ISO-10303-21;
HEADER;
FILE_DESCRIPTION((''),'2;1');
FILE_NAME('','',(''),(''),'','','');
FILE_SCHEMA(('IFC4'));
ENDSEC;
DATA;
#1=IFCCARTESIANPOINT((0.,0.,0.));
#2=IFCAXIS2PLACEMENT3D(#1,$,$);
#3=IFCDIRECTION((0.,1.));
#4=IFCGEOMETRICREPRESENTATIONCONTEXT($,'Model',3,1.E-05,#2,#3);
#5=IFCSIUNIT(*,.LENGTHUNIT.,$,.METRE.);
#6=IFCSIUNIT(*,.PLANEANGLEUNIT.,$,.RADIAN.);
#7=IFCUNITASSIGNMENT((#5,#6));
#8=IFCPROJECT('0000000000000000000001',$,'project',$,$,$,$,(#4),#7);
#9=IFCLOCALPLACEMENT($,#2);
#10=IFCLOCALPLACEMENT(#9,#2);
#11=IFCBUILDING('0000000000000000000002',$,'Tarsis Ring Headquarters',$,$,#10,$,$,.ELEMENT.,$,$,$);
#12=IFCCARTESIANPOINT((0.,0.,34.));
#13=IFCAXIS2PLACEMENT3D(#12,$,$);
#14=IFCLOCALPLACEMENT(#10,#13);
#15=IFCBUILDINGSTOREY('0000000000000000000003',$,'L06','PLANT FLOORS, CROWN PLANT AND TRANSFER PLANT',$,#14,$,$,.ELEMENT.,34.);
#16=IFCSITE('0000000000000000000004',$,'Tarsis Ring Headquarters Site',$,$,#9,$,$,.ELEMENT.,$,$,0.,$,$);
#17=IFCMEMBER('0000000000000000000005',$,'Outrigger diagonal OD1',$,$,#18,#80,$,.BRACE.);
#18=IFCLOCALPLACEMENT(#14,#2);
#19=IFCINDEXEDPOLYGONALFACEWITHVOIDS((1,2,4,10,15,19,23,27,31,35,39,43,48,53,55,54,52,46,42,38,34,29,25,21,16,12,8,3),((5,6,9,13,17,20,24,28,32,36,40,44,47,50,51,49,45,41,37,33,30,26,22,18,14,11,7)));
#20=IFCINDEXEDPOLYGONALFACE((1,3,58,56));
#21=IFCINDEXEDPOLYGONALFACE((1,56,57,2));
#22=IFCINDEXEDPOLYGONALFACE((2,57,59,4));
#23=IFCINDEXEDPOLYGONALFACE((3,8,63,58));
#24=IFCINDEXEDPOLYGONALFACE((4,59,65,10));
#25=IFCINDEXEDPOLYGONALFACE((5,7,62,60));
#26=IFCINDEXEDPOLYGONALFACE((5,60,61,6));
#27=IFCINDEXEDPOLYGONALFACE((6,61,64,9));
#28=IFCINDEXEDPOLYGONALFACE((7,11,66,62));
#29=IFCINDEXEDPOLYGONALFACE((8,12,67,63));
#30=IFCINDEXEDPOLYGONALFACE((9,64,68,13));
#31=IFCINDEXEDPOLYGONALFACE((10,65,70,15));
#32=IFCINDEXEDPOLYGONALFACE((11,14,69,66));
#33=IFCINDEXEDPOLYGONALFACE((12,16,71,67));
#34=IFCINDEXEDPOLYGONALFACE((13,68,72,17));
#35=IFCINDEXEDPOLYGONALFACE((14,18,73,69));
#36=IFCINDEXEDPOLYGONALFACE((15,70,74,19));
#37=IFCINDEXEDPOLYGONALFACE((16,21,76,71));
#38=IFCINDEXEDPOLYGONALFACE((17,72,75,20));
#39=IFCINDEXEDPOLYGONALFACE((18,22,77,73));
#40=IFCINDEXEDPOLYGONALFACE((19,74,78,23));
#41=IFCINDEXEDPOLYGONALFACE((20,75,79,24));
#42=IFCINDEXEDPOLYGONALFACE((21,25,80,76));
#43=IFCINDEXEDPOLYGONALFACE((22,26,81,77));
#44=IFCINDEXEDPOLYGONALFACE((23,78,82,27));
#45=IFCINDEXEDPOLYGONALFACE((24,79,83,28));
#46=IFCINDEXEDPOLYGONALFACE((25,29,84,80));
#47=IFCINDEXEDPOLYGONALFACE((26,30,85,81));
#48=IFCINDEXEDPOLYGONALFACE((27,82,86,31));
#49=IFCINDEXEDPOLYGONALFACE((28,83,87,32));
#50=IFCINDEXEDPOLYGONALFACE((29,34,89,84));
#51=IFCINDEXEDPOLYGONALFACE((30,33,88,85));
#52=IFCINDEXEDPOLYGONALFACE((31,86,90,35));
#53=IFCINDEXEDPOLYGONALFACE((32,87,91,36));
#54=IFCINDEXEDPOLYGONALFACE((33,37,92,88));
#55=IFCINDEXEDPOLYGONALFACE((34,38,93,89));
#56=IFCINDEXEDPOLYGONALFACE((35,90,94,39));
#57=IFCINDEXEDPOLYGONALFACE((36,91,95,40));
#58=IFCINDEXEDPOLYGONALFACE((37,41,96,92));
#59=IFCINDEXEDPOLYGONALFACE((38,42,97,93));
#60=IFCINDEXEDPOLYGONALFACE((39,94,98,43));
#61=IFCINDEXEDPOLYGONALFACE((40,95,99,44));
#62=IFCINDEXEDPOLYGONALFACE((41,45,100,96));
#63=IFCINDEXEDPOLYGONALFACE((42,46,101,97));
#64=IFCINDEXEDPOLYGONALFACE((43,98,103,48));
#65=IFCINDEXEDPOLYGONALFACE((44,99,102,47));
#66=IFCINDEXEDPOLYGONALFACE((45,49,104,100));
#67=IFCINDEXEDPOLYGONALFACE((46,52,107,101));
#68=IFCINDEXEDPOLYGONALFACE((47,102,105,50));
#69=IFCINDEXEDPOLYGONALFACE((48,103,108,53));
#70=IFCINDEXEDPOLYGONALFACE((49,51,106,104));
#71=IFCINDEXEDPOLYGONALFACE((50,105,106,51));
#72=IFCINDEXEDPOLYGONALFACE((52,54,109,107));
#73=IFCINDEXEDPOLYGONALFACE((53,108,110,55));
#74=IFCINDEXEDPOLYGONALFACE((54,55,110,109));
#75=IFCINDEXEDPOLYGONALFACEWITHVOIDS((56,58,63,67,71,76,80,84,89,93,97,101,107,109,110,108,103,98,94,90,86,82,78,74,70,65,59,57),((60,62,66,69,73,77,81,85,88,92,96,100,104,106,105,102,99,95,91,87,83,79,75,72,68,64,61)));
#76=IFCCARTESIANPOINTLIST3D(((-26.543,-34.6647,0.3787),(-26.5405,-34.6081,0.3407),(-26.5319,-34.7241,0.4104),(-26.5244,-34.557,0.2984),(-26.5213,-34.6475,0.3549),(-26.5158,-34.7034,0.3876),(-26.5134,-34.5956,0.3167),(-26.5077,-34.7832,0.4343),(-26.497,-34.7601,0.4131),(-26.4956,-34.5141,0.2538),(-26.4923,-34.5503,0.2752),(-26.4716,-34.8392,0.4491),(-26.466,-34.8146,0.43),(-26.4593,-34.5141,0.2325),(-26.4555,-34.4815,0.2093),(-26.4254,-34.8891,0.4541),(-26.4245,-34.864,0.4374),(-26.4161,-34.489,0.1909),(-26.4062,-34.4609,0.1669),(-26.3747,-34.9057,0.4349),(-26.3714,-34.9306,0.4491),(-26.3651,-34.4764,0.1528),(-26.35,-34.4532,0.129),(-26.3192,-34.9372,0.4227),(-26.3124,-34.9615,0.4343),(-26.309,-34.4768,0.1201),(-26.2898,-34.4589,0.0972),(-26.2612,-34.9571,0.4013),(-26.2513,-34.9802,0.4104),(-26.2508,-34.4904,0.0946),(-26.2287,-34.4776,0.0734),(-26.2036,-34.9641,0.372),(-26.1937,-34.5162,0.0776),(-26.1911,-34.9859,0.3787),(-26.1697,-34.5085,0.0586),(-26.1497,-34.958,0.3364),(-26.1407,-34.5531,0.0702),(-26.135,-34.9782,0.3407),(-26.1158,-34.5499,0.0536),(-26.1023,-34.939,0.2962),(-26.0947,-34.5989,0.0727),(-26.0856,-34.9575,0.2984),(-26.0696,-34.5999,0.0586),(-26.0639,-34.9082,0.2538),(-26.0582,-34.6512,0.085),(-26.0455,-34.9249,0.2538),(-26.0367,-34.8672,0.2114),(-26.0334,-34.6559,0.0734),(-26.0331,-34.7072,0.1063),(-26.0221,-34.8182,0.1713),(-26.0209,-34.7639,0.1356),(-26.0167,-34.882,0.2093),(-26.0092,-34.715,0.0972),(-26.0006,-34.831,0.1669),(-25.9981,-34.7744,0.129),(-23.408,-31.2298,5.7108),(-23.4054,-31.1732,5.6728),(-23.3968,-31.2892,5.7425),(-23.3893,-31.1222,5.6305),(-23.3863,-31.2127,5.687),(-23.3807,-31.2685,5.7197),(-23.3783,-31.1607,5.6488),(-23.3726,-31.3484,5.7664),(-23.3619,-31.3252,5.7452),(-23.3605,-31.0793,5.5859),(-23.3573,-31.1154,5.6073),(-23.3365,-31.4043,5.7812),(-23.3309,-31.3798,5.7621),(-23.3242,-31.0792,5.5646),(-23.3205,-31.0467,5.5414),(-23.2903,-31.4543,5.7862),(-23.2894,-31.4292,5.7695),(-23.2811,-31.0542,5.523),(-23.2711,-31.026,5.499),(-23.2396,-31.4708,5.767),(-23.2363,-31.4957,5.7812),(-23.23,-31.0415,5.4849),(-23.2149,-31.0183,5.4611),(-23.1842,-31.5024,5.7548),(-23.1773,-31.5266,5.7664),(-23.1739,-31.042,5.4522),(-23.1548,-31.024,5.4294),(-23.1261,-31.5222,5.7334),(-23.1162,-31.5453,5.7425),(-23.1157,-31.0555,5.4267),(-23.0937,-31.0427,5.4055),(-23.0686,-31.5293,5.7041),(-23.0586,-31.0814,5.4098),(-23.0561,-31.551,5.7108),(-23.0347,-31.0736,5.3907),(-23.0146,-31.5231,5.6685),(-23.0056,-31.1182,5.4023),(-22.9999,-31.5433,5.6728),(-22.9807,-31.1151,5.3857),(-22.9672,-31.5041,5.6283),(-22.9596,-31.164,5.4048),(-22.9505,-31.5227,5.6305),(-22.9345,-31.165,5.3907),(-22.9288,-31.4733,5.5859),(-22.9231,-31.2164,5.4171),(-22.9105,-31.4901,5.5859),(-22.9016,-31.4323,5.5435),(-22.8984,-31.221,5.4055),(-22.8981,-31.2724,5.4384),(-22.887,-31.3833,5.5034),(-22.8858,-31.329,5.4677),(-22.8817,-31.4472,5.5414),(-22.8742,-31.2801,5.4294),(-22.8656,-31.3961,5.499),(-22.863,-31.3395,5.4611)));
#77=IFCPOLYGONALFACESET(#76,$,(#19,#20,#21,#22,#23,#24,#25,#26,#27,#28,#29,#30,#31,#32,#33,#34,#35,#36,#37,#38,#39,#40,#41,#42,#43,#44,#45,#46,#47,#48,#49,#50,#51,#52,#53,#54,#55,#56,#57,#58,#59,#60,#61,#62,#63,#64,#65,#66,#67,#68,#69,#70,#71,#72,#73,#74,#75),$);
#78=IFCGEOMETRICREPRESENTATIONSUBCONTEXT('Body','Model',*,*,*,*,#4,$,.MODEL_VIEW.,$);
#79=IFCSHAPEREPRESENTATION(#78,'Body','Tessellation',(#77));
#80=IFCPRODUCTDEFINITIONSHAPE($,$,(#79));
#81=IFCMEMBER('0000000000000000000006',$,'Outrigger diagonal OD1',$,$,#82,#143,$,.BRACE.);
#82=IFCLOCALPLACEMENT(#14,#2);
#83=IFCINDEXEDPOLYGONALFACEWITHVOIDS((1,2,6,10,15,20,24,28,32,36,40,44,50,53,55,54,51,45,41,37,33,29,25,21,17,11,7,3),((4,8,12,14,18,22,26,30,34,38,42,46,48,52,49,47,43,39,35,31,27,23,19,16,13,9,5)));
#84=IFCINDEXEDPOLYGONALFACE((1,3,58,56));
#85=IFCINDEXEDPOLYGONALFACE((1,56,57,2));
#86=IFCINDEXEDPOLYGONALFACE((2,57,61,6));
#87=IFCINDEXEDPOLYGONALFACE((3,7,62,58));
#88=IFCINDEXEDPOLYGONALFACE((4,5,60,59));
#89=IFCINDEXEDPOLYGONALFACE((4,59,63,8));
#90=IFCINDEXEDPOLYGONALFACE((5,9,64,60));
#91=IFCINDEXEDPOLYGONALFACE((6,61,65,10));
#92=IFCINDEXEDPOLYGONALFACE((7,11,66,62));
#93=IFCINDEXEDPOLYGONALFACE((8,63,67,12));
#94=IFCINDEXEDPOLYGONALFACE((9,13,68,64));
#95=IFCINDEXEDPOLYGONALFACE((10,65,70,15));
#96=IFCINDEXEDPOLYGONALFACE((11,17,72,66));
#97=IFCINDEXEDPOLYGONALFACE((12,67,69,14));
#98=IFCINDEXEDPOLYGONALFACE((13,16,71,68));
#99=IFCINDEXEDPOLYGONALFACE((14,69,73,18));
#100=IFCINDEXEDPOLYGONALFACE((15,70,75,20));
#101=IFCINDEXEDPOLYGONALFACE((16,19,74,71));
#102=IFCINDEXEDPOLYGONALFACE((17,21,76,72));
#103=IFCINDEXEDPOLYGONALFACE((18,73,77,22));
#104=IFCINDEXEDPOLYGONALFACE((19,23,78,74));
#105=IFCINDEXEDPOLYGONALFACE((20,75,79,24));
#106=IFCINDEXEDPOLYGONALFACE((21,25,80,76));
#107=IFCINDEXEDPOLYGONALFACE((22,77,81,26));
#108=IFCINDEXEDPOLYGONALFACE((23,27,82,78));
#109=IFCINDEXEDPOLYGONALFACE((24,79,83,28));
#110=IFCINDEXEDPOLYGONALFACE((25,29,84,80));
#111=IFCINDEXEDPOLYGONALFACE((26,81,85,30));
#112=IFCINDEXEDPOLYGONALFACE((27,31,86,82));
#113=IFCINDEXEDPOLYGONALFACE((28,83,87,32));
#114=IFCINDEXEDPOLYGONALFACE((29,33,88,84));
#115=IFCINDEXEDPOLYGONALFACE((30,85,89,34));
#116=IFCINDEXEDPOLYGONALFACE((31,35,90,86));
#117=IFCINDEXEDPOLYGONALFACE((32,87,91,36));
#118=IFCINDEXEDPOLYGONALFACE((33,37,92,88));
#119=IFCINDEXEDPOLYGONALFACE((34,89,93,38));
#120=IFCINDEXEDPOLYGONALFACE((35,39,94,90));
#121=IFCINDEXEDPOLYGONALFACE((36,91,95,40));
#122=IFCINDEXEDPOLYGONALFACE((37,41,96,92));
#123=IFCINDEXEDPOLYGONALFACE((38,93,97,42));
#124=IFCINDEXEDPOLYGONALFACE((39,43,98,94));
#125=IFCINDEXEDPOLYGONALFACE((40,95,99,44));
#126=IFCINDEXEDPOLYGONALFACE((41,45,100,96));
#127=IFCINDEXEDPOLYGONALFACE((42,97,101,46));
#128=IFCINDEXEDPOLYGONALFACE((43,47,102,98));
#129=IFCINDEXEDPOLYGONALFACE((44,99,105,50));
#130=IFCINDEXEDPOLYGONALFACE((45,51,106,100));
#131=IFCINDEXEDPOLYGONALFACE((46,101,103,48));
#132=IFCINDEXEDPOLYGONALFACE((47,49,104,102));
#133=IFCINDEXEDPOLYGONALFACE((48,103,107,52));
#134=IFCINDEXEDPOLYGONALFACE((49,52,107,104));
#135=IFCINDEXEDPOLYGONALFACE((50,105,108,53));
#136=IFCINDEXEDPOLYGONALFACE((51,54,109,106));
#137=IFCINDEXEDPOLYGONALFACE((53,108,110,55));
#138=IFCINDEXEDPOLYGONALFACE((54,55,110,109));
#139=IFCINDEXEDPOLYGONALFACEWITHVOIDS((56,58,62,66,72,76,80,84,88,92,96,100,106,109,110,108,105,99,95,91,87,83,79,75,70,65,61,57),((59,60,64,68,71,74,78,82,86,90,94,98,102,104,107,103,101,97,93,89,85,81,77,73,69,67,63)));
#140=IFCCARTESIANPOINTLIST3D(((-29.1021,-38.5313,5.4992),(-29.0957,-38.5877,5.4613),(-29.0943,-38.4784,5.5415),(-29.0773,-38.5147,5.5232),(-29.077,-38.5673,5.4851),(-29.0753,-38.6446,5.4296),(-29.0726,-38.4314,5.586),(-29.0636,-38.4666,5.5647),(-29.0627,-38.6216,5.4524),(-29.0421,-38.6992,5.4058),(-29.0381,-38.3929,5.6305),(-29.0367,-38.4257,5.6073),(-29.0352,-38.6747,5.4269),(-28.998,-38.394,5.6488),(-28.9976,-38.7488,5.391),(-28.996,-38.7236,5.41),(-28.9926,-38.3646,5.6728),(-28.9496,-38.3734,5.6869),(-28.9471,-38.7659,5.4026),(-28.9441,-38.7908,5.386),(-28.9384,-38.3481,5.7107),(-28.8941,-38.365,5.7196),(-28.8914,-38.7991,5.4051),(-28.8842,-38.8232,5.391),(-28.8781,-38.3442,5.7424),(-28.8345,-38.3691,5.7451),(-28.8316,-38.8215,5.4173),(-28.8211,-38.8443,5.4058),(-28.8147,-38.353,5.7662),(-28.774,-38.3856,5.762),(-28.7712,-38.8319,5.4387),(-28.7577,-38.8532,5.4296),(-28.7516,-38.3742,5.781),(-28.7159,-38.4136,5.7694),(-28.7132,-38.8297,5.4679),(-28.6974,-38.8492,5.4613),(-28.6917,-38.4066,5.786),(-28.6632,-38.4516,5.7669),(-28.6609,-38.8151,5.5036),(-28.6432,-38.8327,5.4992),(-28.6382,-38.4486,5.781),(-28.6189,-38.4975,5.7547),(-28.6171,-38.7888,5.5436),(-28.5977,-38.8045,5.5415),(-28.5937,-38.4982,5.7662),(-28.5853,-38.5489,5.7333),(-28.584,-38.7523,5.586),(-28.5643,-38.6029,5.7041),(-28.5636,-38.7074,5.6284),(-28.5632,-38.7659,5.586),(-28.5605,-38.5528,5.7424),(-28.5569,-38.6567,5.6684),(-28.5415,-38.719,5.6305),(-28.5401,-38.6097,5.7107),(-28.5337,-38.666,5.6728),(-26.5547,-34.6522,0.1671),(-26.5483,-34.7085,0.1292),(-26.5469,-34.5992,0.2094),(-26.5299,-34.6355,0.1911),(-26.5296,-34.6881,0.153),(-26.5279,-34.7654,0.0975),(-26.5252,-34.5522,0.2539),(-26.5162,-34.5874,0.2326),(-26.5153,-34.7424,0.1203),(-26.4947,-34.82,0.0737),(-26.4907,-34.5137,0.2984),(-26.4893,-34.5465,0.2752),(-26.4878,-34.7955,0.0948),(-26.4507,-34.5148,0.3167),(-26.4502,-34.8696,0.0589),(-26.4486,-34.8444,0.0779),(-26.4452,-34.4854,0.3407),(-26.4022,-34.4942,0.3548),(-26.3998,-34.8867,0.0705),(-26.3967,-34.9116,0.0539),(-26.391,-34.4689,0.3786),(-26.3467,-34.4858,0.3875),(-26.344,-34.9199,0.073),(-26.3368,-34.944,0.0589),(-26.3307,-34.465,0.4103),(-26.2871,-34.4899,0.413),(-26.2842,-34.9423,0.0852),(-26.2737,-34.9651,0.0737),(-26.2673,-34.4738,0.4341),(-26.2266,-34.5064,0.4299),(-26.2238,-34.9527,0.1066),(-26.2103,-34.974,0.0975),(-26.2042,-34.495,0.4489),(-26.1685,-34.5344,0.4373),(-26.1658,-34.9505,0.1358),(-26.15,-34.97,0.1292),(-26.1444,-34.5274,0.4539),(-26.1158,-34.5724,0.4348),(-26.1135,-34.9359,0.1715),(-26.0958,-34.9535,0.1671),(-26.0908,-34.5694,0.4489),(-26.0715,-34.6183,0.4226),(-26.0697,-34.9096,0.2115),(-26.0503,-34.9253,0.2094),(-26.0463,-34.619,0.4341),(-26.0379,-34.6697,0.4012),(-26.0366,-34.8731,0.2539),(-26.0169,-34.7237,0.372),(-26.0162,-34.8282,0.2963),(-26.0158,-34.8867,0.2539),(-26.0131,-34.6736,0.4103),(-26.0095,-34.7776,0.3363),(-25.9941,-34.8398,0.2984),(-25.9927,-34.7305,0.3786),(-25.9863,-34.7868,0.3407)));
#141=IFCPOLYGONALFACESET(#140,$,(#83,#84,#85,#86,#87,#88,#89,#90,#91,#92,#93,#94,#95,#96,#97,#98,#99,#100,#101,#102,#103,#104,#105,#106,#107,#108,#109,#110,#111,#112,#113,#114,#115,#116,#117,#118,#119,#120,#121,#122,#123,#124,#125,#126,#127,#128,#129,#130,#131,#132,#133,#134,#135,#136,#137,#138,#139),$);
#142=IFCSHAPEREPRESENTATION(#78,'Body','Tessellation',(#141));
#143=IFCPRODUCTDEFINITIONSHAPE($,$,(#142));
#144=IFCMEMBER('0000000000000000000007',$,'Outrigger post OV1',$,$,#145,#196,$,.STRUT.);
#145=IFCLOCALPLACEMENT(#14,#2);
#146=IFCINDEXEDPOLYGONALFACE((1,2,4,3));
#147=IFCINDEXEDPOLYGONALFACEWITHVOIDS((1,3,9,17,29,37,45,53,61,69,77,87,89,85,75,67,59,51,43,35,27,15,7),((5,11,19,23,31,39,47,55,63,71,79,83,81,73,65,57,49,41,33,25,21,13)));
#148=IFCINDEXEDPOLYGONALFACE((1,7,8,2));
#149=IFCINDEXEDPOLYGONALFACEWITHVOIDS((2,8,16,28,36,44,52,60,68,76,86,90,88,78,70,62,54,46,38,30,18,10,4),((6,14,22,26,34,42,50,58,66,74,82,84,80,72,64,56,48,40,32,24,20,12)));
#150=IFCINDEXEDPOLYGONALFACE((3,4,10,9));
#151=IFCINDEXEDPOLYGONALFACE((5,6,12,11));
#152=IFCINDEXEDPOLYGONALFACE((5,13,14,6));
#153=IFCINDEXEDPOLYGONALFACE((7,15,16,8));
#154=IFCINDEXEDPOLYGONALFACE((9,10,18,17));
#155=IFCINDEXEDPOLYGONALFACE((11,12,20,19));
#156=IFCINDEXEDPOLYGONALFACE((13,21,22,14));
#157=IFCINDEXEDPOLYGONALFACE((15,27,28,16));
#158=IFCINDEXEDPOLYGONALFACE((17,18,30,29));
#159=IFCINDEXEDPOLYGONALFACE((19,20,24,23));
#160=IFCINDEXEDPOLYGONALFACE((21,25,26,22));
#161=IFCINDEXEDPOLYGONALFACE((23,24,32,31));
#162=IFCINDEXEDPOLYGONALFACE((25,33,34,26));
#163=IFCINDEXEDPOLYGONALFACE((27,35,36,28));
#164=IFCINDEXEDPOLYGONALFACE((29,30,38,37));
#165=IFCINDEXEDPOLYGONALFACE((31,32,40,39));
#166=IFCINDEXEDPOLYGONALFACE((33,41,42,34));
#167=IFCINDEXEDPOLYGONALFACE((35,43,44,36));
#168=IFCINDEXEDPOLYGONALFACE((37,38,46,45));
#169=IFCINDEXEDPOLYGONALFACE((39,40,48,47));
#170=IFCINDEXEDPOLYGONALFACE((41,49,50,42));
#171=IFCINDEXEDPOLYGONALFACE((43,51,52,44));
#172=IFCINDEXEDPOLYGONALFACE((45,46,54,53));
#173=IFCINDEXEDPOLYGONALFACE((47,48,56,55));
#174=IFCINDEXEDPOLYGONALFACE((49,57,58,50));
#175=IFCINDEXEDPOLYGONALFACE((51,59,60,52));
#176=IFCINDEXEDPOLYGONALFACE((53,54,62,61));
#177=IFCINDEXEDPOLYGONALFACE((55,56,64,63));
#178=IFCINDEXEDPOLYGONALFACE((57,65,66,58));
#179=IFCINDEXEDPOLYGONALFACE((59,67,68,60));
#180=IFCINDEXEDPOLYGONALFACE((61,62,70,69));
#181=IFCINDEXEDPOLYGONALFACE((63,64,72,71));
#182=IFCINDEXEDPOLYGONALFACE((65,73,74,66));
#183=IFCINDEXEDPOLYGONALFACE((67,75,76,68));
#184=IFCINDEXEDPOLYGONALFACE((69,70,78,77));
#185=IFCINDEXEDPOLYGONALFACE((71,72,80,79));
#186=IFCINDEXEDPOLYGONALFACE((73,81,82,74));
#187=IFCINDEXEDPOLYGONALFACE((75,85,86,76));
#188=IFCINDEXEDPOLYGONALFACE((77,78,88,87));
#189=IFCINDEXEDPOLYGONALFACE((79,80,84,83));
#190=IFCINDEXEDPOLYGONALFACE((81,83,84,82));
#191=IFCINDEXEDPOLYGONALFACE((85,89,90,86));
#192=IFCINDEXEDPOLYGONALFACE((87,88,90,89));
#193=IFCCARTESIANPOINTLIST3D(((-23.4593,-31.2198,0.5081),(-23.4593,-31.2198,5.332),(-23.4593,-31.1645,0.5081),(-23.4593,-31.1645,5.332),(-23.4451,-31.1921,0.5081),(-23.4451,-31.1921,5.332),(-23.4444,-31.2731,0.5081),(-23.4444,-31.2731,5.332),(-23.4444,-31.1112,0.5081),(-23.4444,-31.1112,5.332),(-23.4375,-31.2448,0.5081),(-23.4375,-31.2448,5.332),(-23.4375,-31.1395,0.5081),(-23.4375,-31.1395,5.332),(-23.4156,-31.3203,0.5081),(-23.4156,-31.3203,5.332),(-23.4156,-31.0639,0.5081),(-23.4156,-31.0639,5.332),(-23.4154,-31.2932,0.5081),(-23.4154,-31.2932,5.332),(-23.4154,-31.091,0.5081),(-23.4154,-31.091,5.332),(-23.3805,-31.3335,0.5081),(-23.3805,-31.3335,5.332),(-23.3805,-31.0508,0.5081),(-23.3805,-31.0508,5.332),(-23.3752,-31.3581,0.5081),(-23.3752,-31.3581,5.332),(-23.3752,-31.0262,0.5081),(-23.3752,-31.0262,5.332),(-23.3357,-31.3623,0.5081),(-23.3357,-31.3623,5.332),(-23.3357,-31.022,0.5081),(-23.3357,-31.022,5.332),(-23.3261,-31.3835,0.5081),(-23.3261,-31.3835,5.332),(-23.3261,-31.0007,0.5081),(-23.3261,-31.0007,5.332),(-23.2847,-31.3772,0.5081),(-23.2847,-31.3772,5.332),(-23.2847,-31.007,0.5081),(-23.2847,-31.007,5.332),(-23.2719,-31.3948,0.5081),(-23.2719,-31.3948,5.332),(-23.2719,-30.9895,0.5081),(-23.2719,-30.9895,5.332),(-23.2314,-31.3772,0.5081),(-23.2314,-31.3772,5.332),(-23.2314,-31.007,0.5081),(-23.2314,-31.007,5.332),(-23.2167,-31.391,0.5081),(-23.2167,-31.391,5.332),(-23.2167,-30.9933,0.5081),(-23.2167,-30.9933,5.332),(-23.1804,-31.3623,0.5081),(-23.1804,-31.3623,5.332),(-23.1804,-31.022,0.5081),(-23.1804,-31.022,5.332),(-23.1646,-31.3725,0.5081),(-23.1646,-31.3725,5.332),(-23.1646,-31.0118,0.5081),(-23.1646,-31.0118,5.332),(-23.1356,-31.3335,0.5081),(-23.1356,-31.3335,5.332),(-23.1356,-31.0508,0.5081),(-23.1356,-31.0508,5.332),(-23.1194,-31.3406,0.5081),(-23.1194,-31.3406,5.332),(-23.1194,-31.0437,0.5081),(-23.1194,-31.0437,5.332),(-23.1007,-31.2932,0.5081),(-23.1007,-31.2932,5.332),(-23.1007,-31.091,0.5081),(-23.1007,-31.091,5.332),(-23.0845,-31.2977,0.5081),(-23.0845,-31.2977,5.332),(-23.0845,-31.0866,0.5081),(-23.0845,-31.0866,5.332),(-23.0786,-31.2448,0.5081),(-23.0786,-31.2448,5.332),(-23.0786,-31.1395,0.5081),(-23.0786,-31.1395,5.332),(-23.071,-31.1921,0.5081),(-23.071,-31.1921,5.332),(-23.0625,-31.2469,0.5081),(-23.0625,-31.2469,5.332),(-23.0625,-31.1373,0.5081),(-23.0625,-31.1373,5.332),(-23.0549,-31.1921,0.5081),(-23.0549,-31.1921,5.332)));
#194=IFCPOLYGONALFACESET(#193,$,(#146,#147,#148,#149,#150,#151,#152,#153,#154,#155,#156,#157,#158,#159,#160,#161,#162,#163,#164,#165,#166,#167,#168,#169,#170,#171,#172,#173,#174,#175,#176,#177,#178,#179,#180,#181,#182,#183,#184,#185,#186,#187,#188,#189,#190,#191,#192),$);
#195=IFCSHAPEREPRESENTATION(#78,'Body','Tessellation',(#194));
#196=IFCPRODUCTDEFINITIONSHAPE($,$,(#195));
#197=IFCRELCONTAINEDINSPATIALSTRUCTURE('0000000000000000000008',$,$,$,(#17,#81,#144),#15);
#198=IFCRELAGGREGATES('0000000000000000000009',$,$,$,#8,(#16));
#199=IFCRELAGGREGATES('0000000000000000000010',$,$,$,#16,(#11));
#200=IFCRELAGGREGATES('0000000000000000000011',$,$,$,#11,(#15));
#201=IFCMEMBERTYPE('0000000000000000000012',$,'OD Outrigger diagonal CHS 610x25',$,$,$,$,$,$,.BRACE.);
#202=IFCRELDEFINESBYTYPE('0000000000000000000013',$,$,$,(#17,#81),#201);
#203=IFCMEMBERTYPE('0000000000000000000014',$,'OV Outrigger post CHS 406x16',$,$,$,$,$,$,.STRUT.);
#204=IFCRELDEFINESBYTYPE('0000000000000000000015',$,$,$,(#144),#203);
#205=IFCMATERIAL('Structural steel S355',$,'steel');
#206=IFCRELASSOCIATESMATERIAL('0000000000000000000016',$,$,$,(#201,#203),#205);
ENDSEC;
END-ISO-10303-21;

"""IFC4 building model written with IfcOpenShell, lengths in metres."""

from ifc_helpers import new_model, si_unit, direction, frame, origin, origin_2d, place, context, subcontext, project, spatial, hollow_circle, extrude, material, material_profile, profile_set, type_object, element, save


model = new_model("IFC4")

# Units and contexts
model_context = context("Model", 3, precision=1e-05, world=origin(), true_north=direction((0.0, 1.0)))
body_context = subcontext(model_context, "Body", "Model", "MODEL_VIEW")
ifc_project = project(units=[si_unit("LENGTHUNIT", "METRE"), si_unit("PLANEANGLEUNIT", "RADIAN")], contexts=[model_context])

# Site, building, storey
site_placement = place(None, origin())
site = spatial("IfcSite", under=ifc_project, at=site_placement, Name="Tarsis Ring Headquarters Site", CompositionType="ELEMENT", RefElevation=0.0)
building_placement = place(site_placement, origin())
building = spatial("IfcBuilding", under=site, at=building_placement, Name="Tarsis Ring Headquarters", CompositionType="ELEMENT")
storey_placement = place(building_placement, frame((0.0, 0.0, 34.0)))
storey = spatial("IfcBuildingStorey", under=building, at=storey_placement, Name="L06", Description="PLANT FLOORS, CROWN PLANT AND TRANSFER PLANT", CompositionType="ELEMENT", Elevation=34.0)

# Members
ifc_material_1 = material(Name="Structural steel S355", Category="steel")
ifc_material_profile_1 = material_profile(ifc_material_1, hollow_circle(Radius=0.3047, WallThickness=0.0249, at=origin_2d()), Name="CHS 610x25")
ifc_profile_set_1 = profile_set([ifc_material_profile_1], Name="Structural steel S355")
member_type_1 = type_object("IfcMemberType", Name="OD Outrigger diagonal CHS 610x25", PredefinedType="BRACE", material=ifc_profile_set_1)
member_1_placement = place(storey_placement, frame((-23.1355, -31.2847, 5.5859), z_axis=(-0.443106, -0.48548, -0.753635), x_axis=(0.738606, -0.674137, 0.0)))
element("IfcMember", 1, at=member_1_placement, inside=storey, type_object=member_type_1, Name="Outrigger diagonal OD1", PredefinedType="BRACE", context=body_context, shape_type="SweptSolid", body=[
    extrude(hollow_circle(Radius=0.3047, WallThickness=0.0249, at=origin_2d()), origin(), (0.0, 0.0, 1.0), 7.0752),
])
member_2_placement = place(storey_placement, frame((-26.2705, -34.7195, 0.2539), z_axis=(-0.360369, -0.548774, 0.754309), x_axis=(0.835883, -0.548908, 0.0)))
element("IfcMember", 2, at=member_2_placement, inside=storey, type_object=member_type_1, Name="Outrigger diagonal OD1", PredefinedType="BRACE", context=body_context, shape_type="SweptSolid", body=[
    extrude(hollow_circle(Radius=0.3047, WallThickness=0.0249, at=origin_2d()), origin(), (0.0, 0.0, 1.0), 7.0688),
])
ifc_material_profile_2 = material_profile(ifc_material_1, hollow_circle(Radius=0.2031, WallThickness=0.0161, at=origin_2d()), Name="CHS 406x16")
ifc_profile_set_2 = profile_set([ifc_material_profile_2], Name="Structural steel S355")
member_type_2 = type_object("IfcMemberType", Name="OV Outrigger post CHS 406x16", PredefinedType="STRUT", material=ifc_profile_set_2)
for number, where, z_axis, x_axis, name in (
    (3, (-23.2581, -31.1921, 0.5081), (0.0, 0.0, 1.0), (1.0, 0.0, 0.0), "Outrigger post OV1"),
):
    element("IfcMember", number, at=place(storey_placement, frame(where, z_axis=z_axis, x_axis=x_axis)), inside=storey, type_object=member_type_2, Name=name, PredefinedType="STRUT", context=body_context, shape_type="SweptSolid", body=[
        extrude(hollow_circle(Radius=0.2031, WallThickness=0.0161, at=origin_2d()), origin(), (0.0, 0.0, 1.0), 4.824),
    ])

save(model, "model.ifc")
